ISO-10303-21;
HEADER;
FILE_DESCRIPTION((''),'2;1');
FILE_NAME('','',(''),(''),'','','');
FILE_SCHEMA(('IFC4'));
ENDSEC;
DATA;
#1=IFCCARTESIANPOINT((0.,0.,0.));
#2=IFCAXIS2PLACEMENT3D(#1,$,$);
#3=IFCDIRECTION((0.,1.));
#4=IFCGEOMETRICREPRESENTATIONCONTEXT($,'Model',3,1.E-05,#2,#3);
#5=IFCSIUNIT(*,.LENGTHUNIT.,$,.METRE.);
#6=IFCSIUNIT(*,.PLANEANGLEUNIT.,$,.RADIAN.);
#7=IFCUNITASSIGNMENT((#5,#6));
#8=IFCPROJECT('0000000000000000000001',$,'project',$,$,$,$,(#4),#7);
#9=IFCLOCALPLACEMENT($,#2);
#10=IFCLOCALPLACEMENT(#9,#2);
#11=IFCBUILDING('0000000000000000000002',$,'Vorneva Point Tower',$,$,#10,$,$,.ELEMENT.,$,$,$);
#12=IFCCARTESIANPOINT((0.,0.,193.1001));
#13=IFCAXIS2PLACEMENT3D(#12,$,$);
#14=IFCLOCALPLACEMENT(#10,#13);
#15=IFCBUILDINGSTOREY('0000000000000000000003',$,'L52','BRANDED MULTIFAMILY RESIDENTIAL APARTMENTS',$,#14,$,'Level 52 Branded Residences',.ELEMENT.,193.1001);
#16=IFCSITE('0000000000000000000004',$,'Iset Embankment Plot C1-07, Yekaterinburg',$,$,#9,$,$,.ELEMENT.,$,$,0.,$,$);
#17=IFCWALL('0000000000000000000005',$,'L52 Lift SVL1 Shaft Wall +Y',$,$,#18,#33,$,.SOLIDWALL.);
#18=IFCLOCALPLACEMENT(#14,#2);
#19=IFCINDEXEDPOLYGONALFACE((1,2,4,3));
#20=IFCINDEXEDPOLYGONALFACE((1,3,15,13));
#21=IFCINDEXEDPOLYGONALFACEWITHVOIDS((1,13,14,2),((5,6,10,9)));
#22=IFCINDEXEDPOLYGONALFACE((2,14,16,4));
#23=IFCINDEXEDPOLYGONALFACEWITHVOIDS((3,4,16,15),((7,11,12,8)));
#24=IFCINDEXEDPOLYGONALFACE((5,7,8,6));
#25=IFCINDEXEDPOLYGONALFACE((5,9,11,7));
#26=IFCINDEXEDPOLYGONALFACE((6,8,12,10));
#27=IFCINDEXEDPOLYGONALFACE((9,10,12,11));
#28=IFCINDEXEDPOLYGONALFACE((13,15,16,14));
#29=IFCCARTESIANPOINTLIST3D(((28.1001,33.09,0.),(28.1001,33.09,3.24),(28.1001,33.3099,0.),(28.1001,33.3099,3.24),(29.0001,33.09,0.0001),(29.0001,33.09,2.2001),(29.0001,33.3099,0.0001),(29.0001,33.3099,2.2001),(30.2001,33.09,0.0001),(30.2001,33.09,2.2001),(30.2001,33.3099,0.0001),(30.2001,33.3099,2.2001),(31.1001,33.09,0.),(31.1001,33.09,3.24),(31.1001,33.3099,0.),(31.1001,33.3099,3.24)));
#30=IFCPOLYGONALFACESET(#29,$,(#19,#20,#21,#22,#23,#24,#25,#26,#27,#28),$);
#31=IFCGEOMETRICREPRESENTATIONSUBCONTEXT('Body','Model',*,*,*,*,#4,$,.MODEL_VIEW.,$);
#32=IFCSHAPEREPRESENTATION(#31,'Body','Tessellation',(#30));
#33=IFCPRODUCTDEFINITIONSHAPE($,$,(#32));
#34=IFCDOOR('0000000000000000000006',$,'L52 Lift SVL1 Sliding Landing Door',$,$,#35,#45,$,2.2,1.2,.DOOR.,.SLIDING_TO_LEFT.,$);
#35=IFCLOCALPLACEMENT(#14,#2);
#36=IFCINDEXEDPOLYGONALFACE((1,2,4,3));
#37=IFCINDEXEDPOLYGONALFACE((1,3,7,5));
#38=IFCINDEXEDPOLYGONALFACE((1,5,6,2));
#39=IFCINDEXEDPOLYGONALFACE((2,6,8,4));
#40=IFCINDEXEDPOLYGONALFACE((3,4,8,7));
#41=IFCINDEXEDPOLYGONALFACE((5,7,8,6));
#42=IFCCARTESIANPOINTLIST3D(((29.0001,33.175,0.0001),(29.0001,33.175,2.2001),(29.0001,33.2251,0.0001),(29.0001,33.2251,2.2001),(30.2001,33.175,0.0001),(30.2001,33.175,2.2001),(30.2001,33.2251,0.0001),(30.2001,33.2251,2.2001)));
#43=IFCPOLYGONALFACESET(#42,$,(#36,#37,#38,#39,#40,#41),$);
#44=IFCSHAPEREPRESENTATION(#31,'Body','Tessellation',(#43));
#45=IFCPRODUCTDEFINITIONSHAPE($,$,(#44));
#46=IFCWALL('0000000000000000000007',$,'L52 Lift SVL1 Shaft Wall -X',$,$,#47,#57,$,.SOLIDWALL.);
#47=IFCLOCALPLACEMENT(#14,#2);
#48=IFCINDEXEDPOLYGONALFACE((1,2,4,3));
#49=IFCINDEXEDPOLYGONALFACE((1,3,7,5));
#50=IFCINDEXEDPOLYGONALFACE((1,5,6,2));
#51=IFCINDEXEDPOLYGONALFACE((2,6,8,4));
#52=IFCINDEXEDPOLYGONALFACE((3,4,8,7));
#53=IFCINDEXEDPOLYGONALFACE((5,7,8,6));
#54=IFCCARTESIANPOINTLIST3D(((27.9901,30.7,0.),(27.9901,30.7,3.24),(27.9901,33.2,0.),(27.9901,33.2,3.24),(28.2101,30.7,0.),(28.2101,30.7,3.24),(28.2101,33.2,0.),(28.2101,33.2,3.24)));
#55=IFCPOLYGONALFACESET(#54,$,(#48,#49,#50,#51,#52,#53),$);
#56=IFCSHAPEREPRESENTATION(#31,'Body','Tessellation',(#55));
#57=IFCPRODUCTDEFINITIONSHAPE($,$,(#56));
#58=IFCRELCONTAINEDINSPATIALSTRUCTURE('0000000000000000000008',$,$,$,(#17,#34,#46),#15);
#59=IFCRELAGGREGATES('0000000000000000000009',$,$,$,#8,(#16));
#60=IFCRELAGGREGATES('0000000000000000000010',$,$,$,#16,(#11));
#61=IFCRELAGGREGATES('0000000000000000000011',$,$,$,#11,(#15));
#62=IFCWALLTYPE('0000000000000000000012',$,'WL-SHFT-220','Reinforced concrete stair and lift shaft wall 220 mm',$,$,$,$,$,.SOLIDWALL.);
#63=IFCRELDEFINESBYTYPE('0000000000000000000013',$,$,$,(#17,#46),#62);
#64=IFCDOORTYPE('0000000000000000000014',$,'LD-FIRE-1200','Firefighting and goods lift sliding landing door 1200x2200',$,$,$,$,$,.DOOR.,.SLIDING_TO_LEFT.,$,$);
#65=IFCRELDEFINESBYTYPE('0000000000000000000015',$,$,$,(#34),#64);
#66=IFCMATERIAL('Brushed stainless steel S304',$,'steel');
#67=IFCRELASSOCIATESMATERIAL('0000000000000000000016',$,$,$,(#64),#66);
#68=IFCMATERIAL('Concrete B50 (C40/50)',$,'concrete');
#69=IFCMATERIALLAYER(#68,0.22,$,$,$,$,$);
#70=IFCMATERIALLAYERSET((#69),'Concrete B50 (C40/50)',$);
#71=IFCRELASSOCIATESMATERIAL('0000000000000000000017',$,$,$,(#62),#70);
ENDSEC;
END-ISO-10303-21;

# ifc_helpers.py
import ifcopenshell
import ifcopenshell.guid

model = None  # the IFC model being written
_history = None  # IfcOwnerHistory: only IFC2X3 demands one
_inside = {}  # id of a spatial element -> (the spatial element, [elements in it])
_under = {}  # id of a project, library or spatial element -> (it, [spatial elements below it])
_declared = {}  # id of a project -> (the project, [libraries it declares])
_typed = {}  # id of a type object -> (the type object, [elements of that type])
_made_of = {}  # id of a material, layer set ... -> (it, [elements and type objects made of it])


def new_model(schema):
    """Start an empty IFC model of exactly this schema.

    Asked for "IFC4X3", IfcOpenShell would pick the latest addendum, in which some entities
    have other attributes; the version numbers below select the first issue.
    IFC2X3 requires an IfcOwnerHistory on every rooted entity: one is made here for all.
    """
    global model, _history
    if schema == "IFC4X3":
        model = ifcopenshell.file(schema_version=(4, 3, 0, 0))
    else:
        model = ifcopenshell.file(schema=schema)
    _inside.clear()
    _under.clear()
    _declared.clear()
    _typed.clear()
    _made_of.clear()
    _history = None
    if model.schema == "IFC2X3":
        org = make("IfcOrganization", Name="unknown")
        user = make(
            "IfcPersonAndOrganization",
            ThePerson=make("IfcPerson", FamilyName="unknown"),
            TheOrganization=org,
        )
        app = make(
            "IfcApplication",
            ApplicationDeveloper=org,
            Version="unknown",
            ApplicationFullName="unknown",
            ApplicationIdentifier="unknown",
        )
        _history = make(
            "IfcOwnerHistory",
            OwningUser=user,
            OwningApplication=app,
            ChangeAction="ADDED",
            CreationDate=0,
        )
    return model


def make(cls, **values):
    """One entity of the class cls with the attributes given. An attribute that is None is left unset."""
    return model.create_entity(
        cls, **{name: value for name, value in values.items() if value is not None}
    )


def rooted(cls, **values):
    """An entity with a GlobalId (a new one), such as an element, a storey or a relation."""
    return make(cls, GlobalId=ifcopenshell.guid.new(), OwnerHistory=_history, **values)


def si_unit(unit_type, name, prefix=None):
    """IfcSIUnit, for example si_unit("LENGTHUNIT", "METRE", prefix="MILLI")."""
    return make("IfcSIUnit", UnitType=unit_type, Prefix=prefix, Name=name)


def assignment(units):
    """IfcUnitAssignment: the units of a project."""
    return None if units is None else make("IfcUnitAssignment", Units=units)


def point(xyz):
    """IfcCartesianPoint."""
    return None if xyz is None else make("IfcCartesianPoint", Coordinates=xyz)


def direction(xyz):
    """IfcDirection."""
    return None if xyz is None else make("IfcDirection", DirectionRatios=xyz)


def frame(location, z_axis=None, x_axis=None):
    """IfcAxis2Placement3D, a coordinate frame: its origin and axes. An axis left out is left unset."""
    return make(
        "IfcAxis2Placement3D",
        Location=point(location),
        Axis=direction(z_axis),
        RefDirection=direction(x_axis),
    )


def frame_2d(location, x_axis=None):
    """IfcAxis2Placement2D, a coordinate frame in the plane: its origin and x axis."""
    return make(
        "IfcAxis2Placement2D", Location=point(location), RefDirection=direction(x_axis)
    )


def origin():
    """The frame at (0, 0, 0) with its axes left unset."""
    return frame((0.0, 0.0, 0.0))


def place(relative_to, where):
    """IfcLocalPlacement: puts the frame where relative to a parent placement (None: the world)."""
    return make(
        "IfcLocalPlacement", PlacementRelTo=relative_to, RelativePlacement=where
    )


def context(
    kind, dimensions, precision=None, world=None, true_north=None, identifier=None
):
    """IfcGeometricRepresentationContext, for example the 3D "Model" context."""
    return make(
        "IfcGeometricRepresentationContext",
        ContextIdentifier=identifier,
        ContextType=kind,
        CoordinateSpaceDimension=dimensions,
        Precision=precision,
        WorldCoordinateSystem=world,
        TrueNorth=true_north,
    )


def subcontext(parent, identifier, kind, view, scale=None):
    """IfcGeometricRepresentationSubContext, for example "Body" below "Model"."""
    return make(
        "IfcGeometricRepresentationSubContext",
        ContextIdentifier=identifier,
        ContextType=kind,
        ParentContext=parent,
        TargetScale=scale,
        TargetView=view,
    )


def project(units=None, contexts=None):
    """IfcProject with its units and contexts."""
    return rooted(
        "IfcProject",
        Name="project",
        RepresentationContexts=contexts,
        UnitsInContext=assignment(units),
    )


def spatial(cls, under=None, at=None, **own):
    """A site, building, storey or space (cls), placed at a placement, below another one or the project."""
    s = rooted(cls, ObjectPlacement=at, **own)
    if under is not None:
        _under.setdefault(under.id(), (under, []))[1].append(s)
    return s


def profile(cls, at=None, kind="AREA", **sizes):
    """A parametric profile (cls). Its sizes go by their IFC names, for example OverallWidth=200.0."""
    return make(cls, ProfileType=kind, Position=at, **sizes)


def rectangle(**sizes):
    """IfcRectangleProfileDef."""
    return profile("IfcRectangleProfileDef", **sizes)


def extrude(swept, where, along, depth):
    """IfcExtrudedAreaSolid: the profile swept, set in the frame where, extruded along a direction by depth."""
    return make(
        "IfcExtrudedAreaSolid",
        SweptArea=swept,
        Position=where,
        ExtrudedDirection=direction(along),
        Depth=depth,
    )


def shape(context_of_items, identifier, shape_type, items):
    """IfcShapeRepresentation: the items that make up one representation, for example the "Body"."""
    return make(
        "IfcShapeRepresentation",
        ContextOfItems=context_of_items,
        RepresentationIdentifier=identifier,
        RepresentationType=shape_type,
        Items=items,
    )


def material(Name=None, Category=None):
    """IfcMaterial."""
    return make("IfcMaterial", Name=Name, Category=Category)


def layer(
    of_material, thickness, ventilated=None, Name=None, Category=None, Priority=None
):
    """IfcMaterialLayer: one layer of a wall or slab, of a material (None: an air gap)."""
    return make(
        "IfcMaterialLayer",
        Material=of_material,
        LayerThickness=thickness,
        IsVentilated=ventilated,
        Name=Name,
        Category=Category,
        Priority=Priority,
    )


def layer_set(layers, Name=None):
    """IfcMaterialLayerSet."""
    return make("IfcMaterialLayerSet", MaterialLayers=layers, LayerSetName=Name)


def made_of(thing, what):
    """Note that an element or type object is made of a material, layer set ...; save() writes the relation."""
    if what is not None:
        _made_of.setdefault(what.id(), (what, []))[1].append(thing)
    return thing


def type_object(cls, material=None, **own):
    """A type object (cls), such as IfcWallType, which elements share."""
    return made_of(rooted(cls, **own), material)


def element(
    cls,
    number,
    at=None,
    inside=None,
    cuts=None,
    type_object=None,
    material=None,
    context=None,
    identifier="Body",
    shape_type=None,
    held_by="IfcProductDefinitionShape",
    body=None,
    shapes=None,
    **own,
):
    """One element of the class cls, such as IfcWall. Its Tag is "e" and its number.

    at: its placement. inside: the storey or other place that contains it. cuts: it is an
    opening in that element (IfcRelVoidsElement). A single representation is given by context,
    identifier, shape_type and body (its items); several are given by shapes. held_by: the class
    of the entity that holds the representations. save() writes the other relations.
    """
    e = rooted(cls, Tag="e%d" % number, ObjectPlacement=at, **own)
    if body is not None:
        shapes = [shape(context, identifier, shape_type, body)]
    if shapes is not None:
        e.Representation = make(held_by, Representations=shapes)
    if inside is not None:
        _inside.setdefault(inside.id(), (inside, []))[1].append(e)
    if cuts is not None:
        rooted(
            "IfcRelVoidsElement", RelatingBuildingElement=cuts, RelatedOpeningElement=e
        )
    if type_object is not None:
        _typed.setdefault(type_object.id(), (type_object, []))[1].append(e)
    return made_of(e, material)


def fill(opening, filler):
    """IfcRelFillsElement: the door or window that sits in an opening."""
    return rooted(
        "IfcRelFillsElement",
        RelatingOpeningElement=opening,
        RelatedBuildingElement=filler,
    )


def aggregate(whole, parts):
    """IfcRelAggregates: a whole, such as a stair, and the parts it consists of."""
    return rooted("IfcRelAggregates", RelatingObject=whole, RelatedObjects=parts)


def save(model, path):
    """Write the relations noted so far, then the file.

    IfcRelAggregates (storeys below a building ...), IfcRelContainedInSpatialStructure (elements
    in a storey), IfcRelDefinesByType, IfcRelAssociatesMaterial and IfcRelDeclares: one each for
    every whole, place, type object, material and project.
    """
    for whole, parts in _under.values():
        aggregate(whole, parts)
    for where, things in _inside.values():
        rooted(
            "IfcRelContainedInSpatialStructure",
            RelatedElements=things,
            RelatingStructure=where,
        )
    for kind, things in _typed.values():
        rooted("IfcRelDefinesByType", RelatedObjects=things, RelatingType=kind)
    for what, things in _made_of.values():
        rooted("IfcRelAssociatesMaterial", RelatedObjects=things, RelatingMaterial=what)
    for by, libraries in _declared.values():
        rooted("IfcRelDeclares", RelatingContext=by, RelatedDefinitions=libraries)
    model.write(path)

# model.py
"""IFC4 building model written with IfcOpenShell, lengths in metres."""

from ifc_helpers import new_model, si_unit, direction, frame, frame_2d, origin, place, context, subcontext, project, spatial, rectangle, extrude, material, layer, layer_set, type_object, element, fill, save


model = new_model("IFC4")

# Units and contexts
model_context = context("Model", 3, precision=1e-05, world=origin(), true_north=direction((0.0, 1.0)))
body_context = subcontext(model_context, "Body", "Model", "MODEL_VIEW")
ifc_project = project(units=[si_unit("LENGTHUNIT", "METRE"), si_unit("PLANEANGLEUNIT", "RADIAN")], contexts=[model_context])

# Site, building, storey
site_placement = place(None, origin())
site = spatial("IfcSite", under=ifc_project, at=site_placement, Name="Iset Embankment Plot C1-07, Yekaterinburg", CompositionType="ELEMENT", RefElevation=0.0)
building_placement = place(site_placement, origin())
building = spatial("IfcBuilding", under=site, at=building_placement, Name="Vorneva Point Tower", CompositionType="ELEMENT")
storey_placement = place(building_placement, frame((0.0, 0.0, 193.1001)))
storey = spatial("IfcBuildingStorey", under=building, at=storey_placement, Name="L52", Description="BRANDED MULTIFAMILY RESIDENTIAL APARTMENTS", LongName="Level 52 Branded Residences", CompositionType="ELEMENT", Elevation=193.1001)

# Shared definitions
ifc_material_1 = material(Name="Concrete B50 (C40/50)", Category="concrete")

# Shared definitions
ifc_material_2 = material(Name="Brushed stainless steel S304", Category="steel")
door_type_1 = type_object("IfcDoorType", Name="LD-FIRE-1200", Description="Firefighting and goods lift sliding landing door 1200x2200", OperationType="SLIDING_TO_LEFT", PredefinedType="DOOR", material=ifc_material_2)

# Shared definitions
ifc_layer_1 = layer(ifc_material_1, 0.22)
ifc_layer_set_1 = layer_set([ifc_layer_1], Name="Concrete B50 (C40/50)")
wall_type_1 = type_object("IfcWallType", Name="WL-SHFT-220", Description="Reinforced concrete stair and lift shaft wall 220 mm", PredefinedType="SOLIDWALL", material=ifc_layer_set_1)

# Wall, opening, door
wall_1_placement = place(storey_placement, frame((31.1001, 33.2, 0.0), z_axis=(0.0, 0.0, 1.0), x_axis=(-1.0, 0.0, 0.0)))
wall_1 = element("IfcWall", 1, at=wall_1_placement, inside=storey, type_object=wall_type_1, Name="L52 Lift SVL1 Shaft Wall +Y", PredefinedType="SOLIDWALL", context=body_context, shape_type="SweptSolid", body=[
    extrude(rectangle(XDim=3.0, YDim=0.22, at=frame_2d((1.5, 0.0))), origin(), (0.0, 0.0, 1.0), 3.24),
])
opening_1_placement = place(wall_1_placement, frame((0.8999, 0.0, 0.0)))
opening_1 = element("IfcOpeningElement", 2, at=opening_1_placement, cuts=wall_1, PredefinedType="OPENING", context=body_context, shape_type="SweptSolid", body=[
    extrude(rectangle(XDim=1.2, YDim=2.2, at=frame_2d((0.6001, 1.1001))), frame((0.0, 0.125, 0.0), z_axis=(0.0, -1.0, 0.0), x_axis=(1.0, 0.0, 0.0)), (0.0, 0.0, 1.0), 0.2498),
])
door_1_placement = place(opening_1_placement, origin())
door_1 = element("IfcDoor", 3, at=door_1_placement, inside=storey, type_object=door_type_1, Name="L52 Lift SVL1 Sliding Landing Door", OperationType="SLIDING_TO_LEFT", OverallHeight=2.2, OverallWidth=1.2, PredefinedType="DOOR", context=body_context, shape_type="SweptSolid", body=[
    extrude(rectangle(XDim=1.2, YDim=2.2, at=frame_2d((0.6001, 1.1001))), frame((0.0, 0.0249, 0.0), z_axis=(0.0, -1.0, 0.0), x_axis=(1.0, 0.0, 0.0)), (0.0, 0.0, 1.0), 0.05),
])
fill(opening_1, door_1)

# Wall
wall_2_placement = place(storey_placement, frame((28.1001, 33.2, 0.0), z_axis=(0.0, 0.0, 1.0), x_axis=(0.0, -1.0, 0.0)))
element("IfcWall", 4, at=wall_2_placement, inside=storey, type_object=wall_type_1, Name="L52 Lift SVL1 Shaft Wall -X", PredefinedType="SOLIDWALL", context=body_context, shape_type="SweptSolid", body=[
    extrude(rectangle(XDim=2.5, YDim=0.22, at=frame_2d((1.25, 0.0))), origin(), (0.0, 0.0, 1.0), 3.24),
])

save(model, "model.ifc")
